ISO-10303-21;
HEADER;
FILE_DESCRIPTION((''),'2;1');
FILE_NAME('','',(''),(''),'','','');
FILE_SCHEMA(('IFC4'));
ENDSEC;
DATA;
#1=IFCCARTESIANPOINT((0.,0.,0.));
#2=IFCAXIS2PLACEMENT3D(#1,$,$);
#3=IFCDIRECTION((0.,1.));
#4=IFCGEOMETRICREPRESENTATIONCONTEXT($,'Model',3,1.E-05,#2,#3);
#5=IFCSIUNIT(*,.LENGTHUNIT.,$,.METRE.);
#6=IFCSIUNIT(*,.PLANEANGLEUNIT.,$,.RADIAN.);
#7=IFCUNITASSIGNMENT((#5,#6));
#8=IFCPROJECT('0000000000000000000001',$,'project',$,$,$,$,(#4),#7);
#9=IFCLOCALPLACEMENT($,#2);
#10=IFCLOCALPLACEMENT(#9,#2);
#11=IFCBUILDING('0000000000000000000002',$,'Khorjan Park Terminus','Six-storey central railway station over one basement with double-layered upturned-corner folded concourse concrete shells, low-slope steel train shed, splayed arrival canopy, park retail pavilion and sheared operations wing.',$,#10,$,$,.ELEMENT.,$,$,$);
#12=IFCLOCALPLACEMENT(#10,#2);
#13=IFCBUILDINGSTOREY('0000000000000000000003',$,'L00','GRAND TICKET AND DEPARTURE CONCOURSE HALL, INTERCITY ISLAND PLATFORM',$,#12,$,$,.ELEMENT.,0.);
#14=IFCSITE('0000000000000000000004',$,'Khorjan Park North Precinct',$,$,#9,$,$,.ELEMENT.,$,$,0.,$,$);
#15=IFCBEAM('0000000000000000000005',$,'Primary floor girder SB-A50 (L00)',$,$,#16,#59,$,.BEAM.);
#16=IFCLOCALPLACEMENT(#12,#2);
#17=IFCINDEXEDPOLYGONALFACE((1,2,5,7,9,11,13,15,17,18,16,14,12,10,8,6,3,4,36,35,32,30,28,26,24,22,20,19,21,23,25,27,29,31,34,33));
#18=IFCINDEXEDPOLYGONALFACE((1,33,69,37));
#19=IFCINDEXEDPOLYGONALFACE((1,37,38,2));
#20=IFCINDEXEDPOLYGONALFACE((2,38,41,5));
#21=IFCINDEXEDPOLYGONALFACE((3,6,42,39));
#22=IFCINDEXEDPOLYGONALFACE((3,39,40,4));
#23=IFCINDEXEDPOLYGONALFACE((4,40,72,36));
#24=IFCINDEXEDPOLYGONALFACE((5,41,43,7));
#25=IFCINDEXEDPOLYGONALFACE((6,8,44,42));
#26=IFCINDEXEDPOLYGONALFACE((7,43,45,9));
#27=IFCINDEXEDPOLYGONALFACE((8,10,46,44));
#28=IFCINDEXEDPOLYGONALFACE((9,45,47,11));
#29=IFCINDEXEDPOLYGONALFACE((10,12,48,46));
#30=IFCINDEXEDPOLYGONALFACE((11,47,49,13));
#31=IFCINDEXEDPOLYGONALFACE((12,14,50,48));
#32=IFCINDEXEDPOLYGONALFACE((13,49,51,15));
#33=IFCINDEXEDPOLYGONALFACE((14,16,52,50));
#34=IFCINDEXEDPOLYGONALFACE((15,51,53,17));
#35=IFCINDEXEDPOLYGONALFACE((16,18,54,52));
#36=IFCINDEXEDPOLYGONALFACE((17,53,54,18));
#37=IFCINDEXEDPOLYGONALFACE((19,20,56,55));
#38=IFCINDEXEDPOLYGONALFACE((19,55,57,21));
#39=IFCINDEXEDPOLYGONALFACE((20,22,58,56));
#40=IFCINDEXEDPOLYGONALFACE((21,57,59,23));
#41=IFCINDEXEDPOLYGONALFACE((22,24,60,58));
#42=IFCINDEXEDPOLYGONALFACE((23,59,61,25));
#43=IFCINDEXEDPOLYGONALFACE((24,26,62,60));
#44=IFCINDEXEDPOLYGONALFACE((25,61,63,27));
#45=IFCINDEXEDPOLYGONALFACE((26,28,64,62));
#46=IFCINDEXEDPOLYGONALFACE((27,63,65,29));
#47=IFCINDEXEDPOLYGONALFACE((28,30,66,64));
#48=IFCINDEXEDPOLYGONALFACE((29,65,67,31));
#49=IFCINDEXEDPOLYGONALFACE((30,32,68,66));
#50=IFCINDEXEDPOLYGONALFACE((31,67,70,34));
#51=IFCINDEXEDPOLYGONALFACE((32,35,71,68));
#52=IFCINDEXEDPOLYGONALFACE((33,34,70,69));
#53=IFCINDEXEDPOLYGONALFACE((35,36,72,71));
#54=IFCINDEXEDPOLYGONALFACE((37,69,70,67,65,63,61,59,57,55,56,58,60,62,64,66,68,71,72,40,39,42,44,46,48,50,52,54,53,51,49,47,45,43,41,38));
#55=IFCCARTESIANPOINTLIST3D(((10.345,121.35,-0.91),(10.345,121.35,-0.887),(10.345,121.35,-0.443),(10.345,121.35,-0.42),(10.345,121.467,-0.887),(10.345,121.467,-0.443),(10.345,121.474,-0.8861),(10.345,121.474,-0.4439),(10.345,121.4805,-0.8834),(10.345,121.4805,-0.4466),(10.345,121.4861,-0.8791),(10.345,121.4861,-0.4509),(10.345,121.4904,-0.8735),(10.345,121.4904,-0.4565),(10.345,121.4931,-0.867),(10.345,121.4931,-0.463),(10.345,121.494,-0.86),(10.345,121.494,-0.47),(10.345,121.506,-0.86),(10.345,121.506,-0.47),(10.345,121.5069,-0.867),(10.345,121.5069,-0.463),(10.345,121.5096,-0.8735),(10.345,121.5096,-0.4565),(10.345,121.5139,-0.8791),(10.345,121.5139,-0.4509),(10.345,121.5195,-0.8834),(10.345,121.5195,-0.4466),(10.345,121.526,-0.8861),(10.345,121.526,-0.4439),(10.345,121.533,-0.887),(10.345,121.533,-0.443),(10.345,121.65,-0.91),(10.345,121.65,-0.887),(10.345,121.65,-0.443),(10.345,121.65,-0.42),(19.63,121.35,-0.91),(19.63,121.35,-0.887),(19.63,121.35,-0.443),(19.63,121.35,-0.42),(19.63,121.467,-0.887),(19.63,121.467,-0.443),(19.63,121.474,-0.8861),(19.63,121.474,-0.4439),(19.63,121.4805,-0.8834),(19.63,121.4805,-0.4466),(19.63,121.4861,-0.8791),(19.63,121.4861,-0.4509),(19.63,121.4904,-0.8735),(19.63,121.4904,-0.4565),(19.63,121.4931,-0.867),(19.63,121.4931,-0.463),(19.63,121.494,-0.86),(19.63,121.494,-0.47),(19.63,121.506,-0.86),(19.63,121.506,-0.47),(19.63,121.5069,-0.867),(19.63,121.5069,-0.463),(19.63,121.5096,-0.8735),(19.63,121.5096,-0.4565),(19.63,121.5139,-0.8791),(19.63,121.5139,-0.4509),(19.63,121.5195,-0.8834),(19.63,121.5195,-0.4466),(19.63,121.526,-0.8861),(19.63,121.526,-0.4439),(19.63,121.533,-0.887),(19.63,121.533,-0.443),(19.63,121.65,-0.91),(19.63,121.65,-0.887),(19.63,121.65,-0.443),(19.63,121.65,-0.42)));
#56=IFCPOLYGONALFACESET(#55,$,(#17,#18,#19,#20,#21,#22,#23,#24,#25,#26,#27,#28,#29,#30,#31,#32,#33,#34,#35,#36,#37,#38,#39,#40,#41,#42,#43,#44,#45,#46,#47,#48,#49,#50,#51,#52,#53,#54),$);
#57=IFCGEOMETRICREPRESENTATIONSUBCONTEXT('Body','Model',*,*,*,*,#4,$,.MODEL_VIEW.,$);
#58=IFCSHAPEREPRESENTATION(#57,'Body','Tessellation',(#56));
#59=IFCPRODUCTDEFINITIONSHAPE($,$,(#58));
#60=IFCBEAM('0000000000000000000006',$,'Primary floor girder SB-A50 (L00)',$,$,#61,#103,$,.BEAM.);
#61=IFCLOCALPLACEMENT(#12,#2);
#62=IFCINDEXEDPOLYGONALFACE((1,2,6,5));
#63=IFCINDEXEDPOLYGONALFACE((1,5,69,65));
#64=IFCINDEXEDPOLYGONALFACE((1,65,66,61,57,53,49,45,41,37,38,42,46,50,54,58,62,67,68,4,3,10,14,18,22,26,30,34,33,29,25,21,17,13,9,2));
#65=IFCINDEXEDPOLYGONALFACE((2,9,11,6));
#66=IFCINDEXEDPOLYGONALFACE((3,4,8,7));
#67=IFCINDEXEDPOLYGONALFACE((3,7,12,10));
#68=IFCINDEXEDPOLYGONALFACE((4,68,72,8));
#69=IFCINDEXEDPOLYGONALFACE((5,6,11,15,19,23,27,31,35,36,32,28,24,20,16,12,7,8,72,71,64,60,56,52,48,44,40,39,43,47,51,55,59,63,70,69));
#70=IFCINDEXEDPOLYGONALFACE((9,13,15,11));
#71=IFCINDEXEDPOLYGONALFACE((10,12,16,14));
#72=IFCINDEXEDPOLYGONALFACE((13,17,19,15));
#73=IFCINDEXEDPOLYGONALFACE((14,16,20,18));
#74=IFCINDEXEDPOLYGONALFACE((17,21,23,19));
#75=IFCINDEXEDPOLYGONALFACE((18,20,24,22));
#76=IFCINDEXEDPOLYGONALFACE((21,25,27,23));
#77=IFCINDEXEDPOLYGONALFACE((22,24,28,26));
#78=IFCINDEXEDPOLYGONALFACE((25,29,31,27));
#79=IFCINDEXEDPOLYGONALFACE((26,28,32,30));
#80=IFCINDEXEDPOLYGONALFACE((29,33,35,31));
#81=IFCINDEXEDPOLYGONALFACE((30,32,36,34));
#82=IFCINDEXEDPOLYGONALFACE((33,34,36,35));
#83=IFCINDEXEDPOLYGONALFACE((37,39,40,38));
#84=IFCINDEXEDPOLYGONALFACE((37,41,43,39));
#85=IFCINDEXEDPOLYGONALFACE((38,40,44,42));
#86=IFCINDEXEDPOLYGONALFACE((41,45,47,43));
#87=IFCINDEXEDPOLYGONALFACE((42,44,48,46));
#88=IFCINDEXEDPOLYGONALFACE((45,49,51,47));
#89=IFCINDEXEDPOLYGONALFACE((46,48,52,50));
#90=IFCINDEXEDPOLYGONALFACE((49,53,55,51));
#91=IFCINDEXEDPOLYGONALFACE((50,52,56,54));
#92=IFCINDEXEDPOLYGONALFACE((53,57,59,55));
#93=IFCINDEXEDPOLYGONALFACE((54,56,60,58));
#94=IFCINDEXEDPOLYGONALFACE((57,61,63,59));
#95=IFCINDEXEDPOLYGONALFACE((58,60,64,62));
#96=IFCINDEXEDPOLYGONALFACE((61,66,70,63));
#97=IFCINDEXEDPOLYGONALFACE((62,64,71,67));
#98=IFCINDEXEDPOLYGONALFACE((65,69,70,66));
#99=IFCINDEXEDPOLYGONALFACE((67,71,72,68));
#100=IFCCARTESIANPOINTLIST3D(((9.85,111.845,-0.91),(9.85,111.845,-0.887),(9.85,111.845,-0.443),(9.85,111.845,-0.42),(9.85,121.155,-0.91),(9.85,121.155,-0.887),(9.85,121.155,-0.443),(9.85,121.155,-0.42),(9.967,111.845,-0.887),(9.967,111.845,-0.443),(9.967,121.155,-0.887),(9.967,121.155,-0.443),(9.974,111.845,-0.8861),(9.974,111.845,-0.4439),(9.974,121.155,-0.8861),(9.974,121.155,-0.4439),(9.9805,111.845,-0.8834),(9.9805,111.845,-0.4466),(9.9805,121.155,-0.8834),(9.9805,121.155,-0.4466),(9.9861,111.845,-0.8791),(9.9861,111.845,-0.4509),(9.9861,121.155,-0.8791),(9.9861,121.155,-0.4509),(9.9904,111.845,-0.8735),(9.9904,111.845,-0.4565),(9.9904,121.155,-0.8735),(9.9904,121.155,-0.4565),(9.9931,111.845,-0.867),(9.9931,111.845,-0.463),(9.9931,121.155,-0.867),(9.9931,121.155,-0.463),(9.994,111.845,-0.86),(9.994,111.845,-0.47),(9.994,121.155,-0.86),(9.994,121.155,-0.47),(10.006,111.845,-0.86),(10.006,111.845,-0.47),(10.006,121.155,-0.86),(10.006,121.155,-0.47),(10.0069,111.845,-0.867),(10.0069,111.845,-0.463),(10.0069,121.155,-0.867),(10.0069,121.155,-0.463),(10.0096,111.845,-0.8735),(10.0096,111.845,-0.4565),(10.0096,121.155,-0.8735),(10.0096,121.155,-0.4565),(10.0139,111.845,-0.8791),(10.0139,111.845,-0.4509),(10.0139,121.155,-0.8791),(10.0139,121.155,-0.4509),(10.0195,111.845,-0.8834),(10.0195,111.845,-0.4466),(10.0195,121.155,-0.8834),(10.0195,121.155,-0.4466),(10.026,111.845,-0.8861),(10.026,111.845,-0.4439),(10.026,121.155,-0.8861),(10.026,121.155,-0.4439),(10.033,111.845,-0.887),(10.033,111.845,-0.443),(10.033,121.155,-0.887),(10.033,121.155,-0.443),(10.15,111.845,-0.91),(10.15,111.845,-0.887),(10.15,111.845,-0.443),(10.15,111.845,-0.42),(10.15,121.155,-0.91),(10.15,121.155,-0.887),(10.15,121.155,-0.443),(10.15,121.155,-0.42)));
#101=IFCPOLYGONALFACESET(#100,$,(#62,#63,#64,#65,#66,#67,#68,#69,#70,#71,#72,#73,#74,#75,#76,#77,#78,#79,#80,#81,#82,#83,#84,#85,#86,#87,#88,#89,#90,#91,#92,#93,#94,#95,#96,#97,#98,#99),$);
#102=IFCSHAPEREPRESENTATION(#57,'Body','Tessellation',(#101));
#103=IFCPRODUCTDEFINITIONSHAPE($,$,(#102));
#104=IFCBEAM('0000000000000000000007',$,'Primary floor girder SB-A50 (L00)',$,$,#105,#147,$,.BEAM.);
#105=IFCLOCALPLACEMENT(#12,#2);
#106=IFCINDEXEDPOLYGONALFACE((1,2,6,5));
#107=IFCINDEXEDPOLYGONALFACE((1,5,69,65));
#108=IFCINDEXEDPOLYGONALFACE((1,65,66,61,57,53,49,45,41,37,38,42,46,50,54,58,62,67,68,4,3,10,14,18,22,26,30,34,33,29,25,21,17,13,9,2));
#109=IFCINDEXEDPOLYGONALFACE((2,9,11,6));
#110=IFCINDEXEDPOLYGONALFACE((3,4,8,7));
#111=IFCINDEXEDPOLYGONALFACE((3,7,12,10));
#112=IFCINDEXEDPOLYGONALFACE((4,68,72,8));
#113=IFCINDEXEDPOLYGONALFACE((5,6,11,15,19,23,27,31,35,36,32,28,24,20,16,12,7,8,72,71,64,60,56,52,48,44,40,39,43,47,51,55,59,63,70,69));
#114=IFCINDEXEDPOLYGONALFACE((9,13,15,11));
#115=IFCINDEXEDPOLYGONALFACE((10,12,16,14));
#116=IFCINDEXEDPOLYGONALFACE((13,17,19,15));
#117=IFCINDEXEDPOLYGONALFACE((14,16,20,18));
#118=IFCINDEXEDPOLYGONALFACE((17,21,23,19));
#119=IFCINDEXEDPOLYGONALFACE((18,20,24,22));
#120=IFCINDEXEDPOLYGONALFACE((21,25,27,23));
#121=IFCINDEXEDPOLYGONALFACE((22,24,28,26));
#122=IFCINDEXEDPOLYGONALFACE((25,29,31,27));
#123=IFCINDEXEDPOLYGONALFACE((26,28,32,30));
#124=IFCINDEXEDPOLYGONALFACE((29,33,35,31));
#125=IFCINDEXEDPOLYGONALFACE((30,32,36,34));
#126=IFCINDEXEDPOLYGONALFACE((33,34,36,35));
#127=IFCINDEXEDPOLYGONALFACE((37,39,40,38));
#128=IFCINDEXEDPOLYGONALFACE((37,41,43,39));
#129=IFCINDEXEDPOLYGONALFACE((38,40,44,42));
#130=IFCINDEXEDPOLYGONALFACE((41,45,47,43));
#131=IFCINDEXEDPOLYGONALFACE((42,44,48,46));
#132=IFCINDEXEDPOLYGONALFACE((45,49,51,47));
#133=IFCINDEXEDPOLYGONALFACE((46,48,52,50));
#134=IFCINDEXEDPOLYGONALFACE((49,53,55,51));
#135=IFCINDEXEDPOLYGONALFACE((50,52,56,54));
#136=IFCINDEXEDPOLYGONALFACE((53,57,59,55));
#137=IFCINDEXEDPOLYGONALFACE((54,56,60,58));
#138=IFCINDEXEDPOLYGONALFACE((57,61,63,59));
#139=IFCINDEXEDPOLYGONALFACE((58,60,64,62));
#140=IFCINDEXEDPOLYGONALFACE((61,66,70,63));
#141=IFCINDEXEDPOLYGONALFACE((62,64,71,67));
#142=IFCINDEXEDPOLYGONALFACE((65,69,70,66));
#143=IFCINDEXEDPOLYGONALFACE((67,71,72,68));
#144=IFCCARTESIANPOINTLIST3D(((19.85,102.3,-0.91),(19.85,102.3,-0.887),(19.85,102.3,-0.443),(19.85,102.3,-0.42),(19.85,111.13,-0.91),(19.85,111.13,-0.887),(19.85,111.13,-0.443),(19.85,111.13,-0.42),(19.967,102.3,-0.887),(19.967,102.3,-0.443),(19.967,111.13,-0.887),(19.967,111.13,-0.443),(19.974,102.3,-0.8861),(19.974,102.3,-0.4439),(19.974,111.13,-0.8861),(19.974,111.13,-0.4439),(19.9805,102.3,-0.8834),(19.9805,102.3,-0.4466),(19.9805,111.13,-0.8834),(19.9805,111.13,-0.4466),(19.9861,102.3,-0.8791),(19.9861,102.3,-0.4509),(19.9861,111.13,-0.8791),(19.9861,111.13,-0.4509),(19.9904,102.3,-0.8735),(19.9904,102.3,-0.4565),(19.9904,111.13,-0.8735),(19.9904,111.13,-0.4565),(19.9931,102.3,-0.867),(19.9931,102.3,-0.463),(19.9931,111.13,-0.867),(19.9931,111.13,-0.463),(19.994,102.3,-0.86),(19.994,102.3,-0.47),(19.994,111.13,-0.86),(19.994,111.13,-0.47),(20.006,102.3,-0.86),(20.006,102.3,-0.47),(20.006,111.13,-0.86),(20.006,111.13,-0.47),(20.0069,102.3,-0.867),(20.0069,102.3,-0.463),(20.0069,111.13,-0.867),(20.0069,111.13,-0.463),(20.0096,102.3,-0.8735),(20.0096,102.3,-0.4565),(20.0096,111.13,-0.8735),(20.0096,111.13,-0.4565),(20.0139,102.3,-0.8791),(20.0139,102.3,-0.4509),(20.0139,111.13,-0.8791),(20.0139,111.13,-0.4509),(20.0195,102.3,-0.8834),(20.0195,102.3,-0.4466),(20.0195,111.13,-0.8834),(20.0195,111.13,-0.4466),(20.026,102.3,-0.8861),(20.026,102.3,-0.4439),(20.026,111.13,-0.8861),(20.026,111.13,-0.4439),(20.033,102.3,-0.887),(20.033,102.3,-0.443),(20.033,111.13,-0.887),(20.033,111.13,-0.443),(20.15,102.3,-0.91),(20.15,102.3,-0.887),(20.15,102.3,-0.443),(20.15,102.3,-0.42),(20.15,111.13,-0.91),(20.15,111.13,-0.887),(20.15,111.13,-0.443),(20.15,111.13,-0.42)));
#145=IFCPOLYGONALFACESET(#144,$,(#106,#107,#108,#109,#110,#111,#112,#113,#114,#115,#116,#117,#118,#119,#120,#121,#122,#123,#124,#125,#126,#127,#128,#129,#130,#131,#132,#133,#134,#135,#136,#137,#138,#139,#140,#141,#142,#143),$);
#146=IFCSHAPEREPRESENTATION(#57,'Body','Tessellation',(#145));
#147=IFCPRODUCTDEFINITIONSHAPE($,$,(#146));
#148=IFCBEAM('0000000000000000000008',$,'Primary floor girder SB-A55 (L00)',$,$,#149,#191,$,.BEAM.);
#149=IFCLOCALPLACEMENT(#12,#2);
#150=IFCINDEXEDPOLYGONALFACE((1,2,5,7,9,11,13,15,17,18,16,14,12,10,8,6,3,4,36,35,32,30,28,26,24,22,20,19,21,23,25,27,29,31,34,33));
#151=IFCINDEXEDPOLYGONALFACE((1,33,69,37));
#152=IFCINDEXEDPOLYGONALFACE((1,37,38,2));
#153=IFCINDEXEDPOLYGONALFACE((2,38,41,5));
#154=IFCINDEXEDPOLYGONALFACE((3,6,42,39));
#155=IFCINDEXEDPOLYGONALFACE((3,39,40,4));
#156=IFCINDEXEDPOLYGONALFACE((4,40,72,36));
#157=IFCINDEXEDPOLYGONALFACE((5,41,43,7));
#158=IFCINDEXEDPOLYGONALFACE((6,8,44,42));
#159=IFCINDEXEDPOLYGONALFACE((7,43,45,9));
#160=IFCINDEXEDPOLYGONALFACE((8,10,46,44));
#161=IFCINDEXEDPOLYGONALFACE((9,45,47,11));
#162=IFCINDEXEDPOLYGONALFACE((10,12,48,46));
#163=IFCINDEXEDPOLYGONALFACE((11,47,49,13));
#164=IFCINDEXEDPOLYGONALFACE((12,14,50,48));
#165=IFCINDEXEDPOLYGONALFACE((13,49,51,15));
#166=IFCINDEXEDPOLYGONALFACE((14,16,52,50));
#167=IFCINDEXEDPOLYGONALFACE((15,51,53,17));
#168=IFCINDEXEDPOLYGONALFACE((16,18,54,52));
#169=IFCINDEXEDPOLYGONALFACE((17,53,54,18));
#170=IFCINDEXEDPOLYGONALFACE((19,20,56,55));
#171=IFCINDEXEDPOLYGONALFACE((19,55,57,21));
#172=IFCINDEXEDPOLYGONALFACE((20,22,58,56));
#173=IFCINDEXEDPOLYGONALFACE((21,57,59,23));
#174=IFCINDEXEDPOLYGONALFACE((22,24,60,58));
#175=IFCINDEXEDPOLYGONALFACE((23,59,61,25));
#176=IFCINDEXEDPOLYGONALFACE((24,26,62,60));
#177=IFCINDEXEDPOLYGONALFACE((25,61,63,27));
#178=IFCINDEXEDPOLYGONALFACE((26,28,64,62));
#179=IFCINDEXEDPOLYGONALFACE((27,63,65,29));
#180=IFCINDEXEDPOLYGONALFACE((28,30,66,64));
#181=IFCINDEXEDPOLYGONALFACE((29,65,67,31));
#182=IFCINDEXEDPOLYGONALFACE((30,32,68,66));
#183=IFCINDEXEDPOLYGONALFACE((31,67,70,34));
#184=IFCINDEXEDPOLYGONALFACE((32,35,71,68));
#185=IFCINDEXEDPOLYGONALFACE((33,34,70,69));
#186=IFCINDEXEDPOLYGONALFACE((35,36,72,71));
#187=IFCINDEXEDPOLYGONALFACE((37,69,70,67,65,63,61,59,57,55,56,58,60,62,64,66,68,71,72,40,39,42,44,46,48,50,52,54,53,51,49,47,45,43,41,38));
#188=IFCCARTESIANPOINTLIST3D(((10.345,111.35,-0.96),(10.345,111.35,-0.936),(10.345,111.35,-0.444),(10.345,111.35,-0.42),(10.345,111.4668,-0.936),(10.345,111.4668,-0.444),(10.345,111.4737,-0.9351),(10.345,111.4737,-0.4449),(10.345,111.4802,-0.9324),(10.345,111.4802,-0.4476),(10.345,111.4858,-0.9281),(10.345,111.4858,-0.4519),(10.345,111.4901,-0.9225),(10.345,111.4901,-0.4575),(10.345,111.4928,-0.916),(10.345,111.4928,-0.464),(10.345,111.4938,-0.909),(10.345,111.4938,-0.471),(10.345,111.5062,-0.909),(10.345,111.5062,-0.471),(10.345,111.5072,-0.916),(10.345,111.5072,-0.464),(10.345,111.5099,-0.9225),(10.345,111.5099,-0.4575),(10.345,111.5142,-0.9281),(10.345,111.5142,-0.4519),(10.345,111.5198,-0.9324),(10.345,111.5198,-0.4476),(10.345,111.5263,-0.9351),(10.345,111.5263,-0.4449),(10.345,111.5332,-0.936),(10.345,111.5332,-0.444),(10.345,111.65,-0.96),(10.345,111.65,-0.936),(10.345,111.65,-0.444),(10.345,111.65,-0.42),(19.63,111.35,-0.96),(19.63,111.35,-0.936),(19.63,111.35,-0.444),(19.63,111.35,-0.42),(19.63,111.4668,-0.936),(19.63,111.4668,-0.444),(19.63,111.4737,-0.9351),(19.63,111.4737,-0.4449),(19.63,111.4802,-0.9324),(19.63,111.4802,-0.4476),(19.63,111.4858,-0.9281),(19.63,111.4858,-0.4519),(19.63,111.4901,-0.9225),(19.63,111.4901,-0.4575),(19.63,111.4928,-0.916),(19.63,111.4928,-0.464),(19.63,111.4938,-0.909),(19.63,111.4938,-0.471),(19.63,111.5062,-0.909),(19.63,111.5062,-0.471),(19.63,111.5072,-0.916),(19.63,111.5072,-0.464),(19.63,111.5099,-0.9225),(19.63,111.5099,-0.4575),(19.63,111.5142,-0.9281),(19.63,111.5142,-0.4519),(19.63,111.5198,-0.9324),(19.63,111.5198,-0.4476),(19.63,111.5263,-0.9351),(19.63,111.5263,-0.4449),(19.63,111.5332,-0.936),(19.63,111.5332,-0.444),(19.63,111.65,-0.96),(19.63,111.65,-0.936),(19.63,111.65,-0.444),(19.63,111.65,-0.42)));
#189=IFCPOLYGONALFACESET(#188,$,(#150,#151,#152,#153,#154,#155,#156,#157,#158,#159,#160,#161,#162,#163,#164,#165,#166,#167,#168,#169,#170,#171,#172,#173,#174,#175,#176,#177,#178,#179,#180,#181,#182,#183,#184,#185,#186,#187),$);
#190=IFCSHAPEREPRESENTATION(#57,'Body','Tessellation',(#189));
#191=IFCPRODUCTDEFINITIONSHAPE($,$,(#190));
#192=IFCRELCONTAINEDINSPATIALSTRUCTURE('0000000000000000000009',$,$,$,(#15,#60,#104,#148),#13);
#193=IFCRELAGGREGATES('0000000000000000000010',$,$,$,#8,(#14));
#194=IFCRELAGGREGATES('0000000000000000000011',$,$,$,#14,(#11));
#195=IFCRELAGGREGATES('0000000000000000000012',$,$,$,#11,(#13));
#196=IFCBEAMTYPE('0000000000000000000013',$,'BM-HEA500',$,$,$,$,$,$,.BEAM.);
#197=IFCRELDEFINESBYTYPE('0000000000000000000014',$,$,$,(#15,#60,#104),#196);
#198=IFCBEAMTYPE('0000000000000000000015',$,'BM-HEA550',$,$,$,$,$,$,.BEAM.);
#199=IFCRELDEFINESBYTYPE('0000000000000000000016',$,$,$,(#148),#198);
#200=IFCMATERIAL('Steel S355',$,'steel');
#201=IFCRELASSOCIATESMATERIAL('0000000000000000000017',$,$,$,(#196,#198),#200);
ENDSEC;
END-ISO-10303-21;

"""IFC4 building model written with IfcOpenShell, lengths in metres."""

from ifc_helpers import new_model, si_unit, direction, frame, origin, origin_2d, place, context, subcontext, project, spatial, i_section, extrude, material, material_profile, profile_set, type_object, element, save


model = new_model("IFC4")

# Units and contexts
model_context = context("Model", 3, precision=1e-05, world=origin(), true_north=direction((0.0, 1.0)))
body_context = subcontext(model_context, "Body", "Model", "MODEL_VIEW")
ifc_project = project(units=[si_unit("LENGTHUNIT", "METRE"), si_unit("PLANEANGLEUNIT", "RADIAN")], contexts=[model_context])

# Site, building, storey
site_placement = place(None, origin())
site = spatial("IfcSite", under=ifc_project, at=site_placement, Name="Khorjan Park North Precinct", CompositionType="ELEMENT", RefElevation=0.0)
building_placement = place(site_placement, origin())
building = spatial("IfcBuilding", under=site, at=building_placement, Name="Khorjan Park Terminus", Description="Six-storey central railway station over one basement with double-layered upturned-corner folded concourse concrete shells, low-slope steel train shed, splayed arrival canopy, park retail pavilion and sheared operations wing.", CompositionType="ELEMENT")
storey_placement = place(building_placement, origin())
storey = spatial("IfcBuildingStorey", under=building, at=storey_placement, Name="L00", Description="GRAND TICKET AND DEPARTURE CONCOURSE HALL, INTERCITY ISLAND PLATFORM", CompositionType="ELEMENT", Elevation=0.0)

# Beams
ifc_material = material(Name="Steel S355", Category="steel")
ifc_material_profile_1 = material_profile(ifc_material, i_section(OverallWidth=0.3, OverallDepth=0.49, WebThickness=0.012, FlangeThickness=0.023, FilletRadius=0.027, at=origin_2d()), Name="HEA 500")
ifc_profile_set_1 = profile_set([ifc_material_profile_1], Name="Steel S355")
beam_type_1 = type_object("IfcBeamType", Name="BM-HEA500", PredefinedType="BEAM", material=ifc_profile_set_1)
beam_1_placement = place(storey_placement, frame((10.345, 121.5, -0.665), z_axis=(1.0, 0.0, 0.0), x_axis=(0.0, 1.0, 0.0)))
element("IfcBeam", 1, at=beam_1_placement, inside=storey, type_object=beam_type_1, Name="Primary floor girder SB-A50 (L00)", PredefinedType="BEAM", context=body_context, shape_type="SweptSolid", body=[
    extrude(i_section(OverallWidth=0.3, OverallDepth=0.49, WebThickness=0.012, FlangeThickness=0.023, FilletRadius=0.027, at=origin_2d()), origin(), (0.0, 0.0, 1.0), 9.285),
])
beam_2_placement = place(storey_placement, frame((10.0, 111.845, -0.665), z_axis=(0.0, 1.0, 0.0), x_axis=(-1.0, 0.0, 0.0)))
element("IfcBeam", 2, at=beam_2_placement, inside=storey, type_object=beam_type_1, Name="Primary floor girder SB-A50 (L00)", PredefinedType="BEAM", context=body_context, shape_type="SweptSolid", body=[
    extrude(i_section(OverallWidth=0.3, OverallDepth=0.49, WebThickness=0.012, FlangeThickness=0.023, FilletRadius=0.027, at=origin_2d()), origin(), (0.0, 0.0, 1.0), 9.31),
])
beam_3_placement = place(storey_placement, frame((20.0, 102.3, -0.665), z_axis=(0.0, 1.0, 0.0), x_axis=(-1.0, 0.0, 0.0)))
element("IfcBeam", 3, at=beam_3_placement, inside=storey, type_object=beam_type_1, Name="Primary floor girder SB-A50 (L00)", PredefinedType="BEAM", context=body_context, shape_type="SweptSolid", body=[
    extrude(i_section(OverallWidth=0.3, OverallDepth=0.49, WebThickness=0.012, FlangeThickness=0.023, FilletRadius=0.027, at=origin_2d()), origin(), (0.0, 0.0, 1.0), 8.83),
])
ifc_material_profile_2 = material_profile(ifc_material, i_section(OverallWidth=0.3, OverallDepth=0.54, WebThickness=0.0125, FlangeThickness=0.024, FilletRadius=0.027, at=origin_2d()), Name="HEA 550")
ifc_profile_set_2 = profile_set([ifc_material_profile_2], Name="Steel S355")
beam_type_2 = type_object("IfcBeamType", Name="BM-HEA550", PredefinedType="BEAM", material=ifc_profile_set_2)
beam_4_placement = place(storey_placement, frame((10.345, 111.5, -0.69), z_axis=(1.0, 0.0, 0.0), x_axis=(0.0, 1.0, 0.0)))
element("IfcBeam", 4, at=beam_4_placement, inside=storey, type_object=beam_type_2, Name="Primary floor girder SB-A55 (L00)", PredefinedType="BEAM", context=body_context, shape_type="SweptSolid", body=[
    extrude(i_section(OverallWidth=0.3, OverallDepth=0.54, WebThickness=0.0125, FlangeThickness=0.024, FilletRadius=0.027, at=origin_2d()), origin(), (0.0, 0.0, 1.0), 9.285),
])

save(model, "model.ifc")
